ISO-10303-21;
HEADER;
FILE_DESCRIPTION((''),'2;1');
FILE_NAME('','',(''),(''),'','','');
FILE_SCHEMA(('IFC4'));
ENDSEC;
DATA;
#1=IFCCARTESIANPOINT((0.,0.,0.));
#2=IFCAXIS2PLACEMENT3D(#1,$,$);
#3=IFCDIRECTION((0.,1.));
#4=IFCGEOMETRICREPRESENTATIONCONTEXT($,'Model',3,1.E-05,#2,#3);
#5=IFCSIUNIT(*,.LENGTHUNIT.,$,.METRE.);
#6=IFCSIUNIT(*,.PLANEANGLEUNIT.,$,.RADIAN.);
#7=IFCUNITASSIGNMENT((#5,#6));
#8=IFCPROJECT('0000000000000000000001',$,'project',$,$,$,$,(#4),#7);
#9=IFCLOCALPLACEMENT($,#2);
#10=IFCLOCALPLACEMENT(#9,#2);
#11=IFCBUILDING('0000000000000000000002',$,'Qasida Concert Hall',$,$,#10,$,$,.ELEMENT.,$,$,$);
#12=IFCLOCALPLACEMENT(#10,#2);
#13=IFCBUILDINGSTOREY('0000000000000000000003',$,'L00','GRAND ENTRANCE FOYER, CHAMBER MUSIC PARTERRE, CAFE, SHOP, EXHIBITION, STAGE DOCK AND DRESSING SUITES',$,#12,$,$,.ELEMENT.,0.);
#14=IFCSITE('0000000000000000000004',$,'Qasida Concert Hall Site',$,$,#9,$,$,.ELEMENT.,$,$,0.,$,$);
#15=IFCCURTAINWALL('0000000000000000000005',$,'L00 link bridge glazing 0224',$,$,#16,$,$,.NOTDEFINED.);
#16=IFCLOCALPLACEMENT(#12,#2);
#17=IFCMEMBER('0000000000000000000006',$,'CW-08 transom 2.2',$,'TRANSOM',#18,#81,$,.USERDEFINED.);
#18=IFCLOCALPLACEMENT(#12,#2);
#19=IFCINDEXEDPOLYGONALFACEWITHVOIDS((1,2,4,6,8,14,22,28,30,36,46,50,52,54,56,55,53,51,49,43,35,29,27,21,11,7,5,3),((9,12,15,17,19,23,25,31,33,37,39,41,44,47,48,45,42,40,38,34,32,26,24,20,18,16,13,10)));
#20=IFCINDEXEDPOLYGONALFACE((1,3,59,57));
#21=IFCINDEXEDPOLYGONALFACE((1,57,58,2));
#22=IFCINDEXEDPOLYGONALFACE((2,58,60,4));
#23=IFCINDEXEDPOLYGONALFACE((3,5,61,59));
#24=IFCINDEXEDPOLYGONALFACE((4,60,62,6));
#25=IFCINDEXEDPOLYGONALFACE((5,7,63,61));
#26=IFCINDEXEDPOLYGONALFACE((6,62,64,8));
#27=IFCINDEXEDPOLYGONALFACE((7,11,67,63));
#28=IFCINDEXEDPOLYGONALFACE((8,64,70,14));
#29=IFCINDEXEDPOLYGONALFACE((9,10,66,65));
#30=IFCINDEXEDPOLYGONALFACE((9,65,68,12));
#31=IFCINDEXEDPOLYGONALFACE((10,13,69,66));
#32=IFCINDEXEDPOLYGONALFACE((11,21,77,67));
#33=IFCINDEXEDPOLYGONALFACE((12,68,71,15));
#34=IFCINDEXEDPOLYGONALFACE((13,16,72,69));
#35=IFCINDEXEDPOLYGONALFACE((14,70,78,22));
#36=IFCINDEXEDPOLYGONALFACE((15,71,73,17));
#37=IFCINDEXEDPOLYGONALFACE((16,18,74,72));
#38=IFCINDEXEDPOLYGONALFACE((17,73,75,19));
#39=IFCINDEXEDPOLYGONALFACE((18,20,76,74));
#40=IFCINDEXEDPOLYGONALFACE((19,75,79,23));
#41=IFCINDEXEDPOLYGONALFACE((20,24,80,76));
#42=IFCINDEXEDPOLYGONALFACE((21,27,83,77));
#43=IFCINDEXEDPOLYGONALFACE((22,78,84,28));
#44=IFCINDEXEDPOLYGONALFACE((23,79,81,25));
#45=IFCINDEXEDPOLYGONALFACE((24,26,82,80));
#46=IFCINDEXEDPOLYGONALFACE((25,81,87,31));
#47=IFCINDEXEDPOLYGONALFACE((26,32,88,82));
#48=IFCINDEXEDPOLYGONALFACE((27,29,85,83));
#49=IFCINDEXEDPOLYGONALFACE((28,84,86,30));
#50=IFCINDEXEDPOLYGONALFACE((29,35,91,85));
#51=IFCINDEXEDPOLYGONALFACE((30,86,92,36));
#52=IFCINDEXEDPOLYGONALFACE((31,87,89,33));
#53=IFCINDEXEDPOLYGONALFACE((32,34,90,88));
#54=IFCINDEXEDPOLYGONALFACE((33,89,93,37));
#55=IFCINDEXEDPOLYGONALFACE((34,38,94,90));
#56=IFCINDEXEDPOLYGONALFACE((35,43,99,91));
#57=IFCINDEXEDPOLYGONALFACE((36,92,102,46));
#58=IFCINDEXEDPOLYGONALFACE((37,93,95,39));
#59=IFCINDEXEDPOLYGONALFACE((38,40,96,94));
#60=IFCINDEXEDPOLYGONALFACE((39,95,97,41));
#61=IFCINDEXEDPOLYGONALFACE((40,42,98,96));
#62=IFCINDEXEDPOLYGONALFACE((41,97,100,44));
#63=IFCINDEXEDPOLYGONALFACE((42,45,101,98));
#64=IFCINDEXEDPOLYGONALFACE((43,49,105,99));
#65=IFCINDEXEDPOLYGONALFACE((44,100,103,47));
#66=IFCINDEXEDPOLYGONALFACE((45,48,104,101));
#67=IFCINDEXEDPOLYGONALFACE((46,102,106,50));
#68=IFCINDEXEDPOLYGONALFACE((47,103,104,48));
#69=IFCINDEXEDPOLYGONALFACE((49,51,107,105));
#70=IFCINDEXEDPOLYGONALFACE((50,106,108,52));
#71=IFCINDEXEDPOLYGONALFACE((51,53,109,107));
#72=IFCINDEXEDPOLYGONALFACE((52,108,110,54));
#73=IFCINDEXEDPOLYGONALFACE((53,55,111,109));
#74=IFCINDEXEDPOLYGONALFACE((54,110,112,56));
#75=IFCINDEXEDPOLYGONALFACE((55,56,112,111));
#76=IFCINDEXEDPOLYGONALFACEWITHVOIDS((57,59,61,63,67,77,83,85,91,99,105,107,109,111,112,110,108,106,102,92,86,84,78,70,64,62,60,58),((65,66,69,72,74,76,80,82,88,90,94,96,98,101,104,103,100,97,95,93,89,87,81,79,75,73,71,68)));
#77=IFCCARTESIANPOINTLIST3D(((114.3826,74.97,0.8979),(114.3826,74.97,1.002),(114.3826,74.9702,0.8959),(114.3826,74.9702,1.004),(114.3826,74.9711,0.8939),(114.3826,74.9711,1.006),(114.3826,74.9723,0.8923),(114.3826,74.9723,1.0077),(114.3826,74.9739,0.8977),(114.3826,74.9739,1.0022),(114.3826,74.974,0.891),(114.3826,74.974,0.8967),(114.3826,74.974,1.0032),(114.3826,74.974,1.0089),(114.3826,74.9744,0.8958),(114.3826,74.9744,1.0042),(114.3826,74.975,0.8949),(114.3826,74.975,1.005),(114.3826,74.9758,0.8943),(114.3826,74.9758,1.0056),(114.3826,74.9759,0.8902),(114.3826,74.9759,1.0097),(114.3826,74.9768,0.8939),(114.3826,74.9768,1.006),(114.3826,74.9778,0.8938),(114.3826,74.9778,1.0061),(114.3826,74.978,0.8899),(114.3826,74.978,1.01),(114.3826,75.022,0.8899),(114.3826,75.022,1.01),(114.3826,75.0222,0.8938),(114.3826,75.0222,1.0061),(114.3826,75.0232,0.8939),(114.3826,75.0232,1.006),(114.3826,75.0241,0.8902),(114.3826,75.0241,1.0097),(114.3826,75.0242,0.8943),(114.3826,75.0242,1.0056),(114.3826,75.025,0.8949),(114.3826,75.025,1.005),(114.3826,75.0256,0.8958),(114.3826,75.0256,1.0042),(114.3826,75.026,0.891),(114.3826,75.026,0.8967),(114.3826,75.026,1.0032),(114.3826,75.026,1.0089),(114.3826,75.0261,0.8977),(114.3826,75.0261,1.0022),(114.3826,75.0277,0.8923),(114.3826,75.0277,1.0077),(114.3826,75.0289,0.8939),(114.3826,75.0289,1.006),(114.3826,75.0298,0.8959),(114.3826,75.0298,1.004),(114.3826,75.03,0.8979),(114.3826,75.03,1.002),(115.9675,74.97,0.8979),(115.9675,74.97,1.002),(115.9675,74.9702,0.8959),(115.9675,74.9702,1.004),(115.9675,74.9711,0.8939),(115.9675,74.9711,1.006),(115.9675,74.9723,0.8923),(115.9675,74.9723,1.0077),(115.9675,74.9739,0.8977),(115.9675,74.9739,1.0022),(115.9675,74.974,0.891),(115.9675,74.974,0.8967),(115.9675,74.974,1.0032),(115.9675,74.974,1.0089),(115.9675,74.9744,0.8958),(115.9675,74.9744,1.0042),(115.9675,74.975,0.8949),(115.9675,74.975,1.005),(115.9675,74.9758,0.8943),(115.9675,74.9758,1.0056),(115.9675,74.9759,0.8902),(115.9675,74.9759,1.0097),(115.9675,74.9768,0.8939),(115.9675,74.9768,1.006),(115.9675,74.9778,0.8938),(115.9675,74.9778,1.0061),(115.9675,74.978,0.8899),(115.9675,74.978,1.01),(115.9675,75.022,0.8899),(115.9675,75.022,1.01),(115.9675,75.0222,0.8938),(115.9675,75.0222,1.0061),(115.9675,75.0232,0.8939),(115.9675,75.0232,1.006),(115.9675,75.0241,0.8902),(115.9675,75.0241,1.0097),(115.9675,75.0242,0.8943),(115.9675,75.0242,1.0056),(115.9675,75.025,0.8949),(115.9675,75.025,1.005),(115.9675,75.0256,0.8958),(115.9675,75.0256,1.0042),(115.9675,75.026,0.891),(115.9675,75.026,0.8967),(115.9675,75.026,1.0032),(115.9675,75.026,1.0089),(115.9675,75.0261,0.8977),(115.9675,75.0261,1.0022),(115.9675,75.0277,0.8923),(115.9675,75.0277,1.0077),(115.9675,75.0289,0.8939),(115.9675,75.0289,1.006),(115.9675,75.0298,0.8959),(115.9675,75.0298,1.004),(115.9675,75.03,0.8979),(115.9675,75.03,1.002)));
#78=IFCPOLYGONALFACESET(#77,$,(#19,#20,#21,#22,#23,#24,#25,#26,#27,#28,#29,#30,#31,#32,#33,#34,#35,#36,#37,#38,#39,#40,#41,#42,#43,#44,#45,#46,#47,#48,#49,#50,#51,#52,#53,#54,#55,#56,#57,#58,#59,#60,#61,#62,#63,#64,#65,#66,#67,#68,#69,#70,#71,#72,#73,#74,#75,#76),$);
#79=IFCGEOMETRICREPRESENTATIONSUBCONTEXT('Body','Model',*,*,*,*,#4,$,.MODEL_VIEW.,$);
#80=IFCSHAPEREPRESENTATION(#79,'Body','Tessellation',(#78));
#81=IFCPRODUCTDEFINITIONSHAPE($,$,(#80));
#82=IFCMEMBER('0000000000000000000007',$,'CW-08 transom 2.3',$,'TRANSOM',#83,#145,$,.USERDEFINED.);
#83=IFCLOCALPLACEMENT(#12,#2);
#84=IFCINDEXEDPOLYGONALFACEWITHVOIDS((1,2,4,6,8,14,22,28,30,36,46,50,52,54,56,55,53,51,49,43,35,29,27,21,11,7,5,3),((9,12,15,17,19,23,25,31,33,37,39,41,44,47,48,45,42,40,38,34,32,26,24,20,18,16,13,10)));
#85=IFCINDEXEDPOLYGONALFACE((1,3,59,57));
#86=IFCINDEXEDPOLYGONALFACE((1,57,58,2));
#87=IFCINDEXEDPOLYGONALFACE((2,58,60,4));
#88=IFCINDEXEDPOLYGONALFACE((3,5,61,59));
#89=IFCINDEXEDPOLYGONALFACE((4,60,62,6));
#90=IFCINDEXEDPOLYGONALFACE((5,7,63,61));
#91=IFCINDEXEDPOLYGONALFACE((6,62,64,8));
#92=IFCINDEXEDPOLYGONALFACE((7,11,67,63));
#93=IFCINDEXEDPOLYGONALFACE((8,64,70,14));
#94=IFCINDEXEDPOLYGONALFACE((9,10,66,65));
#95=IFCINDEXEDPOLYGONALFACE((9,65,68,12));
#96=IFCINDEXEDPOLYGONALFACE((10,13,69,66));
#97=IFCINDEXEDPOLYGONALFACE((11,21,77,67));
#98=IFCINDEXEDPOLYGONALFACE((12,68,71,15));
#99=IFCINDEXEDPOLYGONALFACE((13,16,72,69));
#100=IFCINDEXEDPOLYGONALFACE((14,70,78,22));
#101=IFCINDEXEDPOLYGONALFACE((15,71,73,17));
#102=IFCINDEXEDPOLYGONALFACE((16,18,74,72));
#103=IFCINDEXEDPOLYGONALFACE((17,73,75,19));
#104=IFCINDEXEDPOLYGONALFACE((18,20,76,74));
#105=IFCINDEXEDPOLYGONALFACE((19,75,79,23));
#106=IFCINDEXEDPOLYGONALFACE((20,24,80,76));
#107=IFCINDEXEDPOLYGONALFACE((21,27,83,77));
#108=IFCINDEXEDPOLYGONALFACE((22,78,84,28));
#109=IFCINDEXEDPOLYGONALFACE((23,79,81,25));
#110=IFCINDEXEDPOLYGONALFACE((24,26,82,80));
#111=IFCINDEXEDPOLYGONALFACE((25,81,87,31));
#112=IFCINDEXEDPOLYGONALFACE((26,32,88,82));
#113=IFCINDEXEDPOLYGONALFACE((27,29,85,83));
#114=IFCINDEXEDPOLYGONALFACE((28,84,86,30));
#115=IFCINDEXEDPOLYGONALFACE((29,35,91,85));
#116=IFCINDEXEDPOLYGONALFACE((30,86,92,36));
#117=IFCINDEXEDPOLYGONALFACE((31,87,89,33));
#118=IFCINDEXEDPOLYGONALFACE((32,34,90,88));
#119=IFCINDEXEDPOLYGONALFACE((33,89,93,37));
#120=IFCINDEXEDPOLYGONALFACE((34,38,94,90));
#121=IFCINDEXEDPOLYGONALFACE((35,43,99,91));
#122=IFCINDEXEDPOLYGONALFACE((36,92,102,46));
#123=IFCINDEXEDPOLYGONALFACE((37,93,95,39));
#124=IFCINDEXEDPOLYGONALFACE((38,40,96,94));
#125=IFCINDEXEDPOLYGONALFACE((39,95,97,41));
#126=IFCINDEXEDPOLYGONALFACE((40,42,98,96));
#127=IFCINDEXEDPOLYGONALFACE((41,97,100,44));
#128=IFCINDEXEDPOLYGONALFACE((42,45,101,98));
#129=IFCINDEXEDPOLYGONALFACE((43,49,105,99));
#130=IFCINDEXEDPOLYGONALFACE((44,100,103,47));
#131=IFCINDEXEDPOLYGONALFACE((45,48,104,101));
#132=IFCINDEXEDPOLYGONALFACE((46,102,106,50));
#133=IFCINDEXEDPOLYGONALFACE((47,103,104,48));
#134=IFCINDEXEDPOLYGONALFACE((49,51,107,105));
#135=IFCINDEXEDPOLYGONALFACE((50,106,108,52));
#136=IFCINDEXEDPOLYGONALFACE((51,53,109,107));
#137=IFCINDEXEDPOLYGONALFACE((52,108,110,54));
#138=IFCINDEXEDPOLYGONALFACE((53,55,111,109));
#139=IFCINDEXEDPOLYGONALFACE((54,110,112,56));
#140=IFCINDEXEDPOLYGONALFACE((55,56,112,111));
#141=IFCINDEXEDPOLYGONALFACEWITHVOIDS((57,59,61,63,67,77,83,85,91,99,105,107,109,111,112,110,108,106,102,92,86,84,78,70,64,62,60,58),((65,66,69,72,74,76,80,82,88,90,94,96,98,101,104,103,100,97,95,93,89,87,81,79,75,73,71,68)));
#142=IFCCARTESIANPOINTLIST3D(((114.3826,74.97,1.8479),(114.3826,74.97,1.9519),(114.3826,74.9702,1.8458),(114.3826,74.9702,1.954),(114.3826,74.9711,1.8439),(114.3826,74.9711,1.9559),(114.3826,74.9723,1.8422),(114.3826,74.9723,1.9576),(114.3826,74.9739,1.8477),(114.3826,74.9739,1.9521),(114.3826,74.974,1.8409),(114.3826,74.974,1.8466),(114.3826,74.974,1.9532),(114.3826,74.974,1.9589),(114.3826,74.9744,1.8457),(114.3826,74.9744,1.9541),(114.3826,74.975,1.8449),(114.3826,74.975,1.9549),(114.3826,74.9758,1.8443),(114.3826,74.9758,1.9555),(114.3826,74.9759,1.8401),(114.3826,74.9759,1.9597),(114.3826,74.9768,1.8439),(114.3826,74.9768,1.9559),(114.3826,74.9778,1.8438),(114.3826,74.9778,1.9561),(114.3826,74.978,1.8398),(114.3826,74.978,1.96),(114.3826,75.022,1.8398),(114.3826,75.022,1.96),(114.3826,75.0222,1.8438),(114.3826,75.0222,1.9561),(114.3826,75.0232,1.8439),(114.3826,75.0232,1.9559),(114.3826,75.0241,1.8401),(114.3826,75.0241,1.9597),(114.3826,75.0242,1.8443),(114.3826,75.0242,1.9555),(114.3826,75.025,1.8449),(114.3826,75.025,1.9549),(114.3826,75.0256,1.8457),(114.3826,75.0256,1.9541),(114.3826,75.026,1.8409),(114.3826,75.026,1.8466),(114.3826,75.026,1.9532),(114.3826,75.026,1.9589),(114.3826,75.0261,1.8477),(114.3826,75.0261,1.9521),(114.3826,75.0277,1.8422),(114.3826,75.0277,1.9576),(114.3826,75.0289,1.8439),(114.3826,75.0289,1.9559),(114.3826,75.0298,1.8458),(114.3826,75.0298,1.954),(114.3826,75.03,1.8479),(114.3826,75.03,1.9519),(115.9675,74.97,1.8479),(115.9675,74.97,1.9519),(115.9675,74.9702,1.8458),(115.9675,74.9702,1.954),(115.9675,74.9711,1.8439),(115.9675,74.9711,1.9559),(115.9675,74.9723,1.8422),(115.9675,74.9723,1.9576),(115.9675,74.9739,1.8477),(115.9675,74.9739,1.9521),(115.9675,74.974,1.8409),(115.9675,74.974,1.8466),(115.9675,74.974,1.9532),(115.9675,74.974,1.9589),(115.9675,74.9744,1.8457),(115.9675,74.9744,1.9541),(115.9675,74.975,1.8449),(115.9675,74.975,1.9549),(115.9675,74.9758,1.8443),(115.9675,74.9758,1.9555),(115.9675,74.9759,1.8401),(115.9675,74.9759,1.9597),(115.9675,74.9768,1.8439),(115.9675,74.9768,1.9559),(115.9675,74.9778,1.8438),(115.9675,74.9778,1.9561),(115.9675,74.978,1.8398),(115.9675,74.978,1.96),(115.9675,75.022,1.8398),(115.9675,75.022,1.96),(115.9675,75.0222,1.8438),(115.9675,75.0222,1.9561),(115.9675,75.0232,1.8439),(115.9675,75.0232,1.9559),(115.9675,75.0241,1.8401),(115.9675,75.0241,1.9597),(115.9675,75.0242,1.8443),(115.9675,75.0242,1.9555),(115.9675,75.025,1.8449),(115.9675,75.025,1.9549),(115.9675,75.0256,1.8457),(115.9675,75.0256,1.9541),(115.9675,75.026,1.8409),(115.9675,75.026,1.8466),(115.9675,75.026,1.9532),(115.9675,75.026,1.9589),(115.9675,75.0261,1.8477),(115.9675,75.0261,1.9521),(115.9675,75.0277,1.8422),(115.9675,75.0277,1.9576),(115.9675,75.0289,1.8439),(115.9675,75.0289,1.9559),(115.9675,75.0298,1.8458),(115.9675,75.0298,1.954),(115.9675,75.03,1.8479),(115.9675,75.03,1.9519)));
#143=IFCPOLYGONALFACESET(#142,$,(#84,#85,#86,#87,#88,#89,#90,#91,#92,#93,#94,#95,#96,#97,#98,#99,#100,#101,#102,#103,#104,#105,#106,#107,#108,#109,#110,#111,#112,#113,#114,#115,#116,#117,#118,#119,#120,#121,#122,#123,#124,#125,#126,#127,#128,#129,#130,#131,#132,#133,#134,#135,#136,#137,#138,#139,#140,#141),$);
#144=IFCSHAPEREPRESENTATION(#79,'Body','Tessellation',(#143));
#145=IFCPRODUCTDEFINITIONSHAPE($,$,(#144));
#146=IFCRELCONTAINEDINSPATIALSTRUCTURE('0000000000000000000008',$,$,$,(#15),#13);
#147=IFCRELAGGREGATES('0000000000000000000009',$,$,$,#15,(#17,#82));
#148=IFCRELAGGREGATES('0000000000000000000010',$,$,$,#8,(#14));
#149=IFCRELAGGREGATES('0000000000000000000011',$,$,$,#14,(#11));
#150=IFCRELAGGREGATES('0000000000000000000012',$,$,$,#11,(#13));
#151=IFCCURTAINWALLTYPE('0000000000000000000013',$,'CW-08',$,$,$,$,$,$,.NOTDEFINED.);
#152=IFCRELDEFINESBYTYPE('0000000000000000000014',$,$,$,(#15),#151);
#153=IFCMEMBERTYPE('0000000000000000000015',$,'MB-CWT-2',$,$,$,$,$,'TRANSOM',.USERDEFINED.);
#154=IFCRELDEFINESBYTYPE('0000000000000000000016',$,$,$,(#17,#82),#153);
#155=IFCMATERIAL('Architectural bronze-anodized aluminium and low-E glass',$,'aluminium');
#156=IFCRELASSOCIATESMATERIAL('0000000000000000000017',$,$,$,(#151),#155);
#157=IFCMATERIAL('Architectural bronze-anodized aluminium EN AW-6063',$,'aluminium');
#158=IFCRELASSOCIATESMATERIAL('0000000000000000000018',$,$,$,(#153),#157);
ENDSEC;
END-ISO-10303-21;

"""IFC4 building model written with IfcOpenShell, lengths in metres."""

from ifc_helpers import new_model, si_unit, direction, frame, origin, origin_2d, place, context, subcontext, project, spatial, hollow_rectangle, extrude, material, material_profile, profile_set, type_object, element, aggregate, save


model = new_model("IFC4")

# Units and contexts
model_context = context("Model", 3, precision=1e-05, world=origin(), true_north=direction((0.0, 1.0)))
body_context = subcontext(model_context, "Body", "Model", "MODEL_VIEW")
ifc_project = project(units=[si_unit("LENGTHUNIT", "METRE"), si_unit("PLANEANGLEUNIT", "RADIAN")], contexts=[model_context])

# Site, building, storey
site_placement = place(None, origin())
site = spatial("IfcSite", under=ifc_project, at=site_placement, Name="Qasida Concert Hall Site", CompositionType="ELEMENT", RefElevation=0.0)
building_placement = place(site_placement, origin())
building = spatial("IfcBuilding", under=site, at=building_placement, Name="Qasida Concert Hall", CompositionType="ELEMENT")
storey_placement = place(building_placement, origin())
storey = spatial("IfcBuildingStorey", under=building, at=storey_placement, Name="L00", Description="GRAND ENTRANCE FOYER, CHAMBER MUSIC PARTERRE, CAFE, SHOP, EXHIBITION, STAGE DOCK AND DRESSING SUITES", CompositionType="ELEMENT", Elevation=0.0)

# Shared definitions
ifc_material_1 = material(Name="Architectural bronze-anodized aluminium and low-E glass", Category="aluminium")
curtain_wall_type = type_object("IfcCurtainWallType", Name="CW-08", PredefinedType="NOTDEFINED", material=ifc_material_1)
ifc_material_2 = material(Name="Architectural bronze-anodized aluminium EN AW-6063", Category="aluminium")

# Shared definitions
ifc_material_profile_1 = material_profile(ifc_material_2, hollow_rectangle(XDim=0.0601, YDim=0.1201, WallThickness=0.0039, InnerFilletRadius=0.0039, OuterFilletRadius=0.0081, at=origin_2d()), Name="CWT 120x60x4")
ifc_profile_set_1 = profile_set([ifc_material_profile_1], Name="Architectural bronze-anodized aluminium EN AW-6063")
member_type_1 = type_object("IfcMemberType", Name="MB-CWT-2", ElementType="TRANSOM", PredefinedType="USERDEFINED", material=ifc_profile_set_1)

# Curtain wall, members
curtain_wall_1_placement = place(storey_placement, origin())
curtain_wall_1 = element("IfcCurtainWall", 1, at=curtain_wall_1_placement, inside=storey, type_object=curtain_wall_type, Name="L00 link bridge glazing 0224", PredefinedType="NOTDEFINED")
member_1_placement = place(storey_placement, frame((114.3826, 75.0, 0.95), z_axis=(1.0, 0.0, 0.0), x_axis=(0.0, 1.0, 0.0)))
member_1 = element("IfcMember", 2, at=member_1_placement, type_object=member_type_1, Name="CW-08 transom 2.2", ObjectType="TRANSOM", PredefinedType="USERDEFINED", context=body_context, shape_type="SweptSolid", body=[
    extrude(hollow_rectangle(XDim=0.0601, YDim=0.1201, WallThickness=0.0039, InnerFilletRadius=0.0039, OuterFilletRadius=0.0081, at=origin_2d()), origin(), (0.0, 0.0, 1.0), 1.585),
])
member_2_placement = place(storey_placement, frame((114.3826, 75.0, 1.8999), z_axis=(1.0, 0.0, 0.0), x_axis=(0.0, 1.0, 0.0)))
member_2 = element("IfcMember", 3, at=member_2_placement, type_object=member_type_1, Name="CW-08 transom 2.3", ObjectType="TRANSOM", PredefinedType="USERDEFINED", context=body_context, shape_type="SweptSolid", body=[
    extrude(hollow_rectangle(XDim=0.0601, YDim=0.1201, WallThickness=0.0039, InnerFilletRadius=0.0039, OuterFilletRadius=0.0081, at=origin_2d()), origin(), (0.0, 0.0, 1.0), 1.585),
])
aggregate(curtain_wall_1, [member_1, member_2])

save(model, "model.ifc")
